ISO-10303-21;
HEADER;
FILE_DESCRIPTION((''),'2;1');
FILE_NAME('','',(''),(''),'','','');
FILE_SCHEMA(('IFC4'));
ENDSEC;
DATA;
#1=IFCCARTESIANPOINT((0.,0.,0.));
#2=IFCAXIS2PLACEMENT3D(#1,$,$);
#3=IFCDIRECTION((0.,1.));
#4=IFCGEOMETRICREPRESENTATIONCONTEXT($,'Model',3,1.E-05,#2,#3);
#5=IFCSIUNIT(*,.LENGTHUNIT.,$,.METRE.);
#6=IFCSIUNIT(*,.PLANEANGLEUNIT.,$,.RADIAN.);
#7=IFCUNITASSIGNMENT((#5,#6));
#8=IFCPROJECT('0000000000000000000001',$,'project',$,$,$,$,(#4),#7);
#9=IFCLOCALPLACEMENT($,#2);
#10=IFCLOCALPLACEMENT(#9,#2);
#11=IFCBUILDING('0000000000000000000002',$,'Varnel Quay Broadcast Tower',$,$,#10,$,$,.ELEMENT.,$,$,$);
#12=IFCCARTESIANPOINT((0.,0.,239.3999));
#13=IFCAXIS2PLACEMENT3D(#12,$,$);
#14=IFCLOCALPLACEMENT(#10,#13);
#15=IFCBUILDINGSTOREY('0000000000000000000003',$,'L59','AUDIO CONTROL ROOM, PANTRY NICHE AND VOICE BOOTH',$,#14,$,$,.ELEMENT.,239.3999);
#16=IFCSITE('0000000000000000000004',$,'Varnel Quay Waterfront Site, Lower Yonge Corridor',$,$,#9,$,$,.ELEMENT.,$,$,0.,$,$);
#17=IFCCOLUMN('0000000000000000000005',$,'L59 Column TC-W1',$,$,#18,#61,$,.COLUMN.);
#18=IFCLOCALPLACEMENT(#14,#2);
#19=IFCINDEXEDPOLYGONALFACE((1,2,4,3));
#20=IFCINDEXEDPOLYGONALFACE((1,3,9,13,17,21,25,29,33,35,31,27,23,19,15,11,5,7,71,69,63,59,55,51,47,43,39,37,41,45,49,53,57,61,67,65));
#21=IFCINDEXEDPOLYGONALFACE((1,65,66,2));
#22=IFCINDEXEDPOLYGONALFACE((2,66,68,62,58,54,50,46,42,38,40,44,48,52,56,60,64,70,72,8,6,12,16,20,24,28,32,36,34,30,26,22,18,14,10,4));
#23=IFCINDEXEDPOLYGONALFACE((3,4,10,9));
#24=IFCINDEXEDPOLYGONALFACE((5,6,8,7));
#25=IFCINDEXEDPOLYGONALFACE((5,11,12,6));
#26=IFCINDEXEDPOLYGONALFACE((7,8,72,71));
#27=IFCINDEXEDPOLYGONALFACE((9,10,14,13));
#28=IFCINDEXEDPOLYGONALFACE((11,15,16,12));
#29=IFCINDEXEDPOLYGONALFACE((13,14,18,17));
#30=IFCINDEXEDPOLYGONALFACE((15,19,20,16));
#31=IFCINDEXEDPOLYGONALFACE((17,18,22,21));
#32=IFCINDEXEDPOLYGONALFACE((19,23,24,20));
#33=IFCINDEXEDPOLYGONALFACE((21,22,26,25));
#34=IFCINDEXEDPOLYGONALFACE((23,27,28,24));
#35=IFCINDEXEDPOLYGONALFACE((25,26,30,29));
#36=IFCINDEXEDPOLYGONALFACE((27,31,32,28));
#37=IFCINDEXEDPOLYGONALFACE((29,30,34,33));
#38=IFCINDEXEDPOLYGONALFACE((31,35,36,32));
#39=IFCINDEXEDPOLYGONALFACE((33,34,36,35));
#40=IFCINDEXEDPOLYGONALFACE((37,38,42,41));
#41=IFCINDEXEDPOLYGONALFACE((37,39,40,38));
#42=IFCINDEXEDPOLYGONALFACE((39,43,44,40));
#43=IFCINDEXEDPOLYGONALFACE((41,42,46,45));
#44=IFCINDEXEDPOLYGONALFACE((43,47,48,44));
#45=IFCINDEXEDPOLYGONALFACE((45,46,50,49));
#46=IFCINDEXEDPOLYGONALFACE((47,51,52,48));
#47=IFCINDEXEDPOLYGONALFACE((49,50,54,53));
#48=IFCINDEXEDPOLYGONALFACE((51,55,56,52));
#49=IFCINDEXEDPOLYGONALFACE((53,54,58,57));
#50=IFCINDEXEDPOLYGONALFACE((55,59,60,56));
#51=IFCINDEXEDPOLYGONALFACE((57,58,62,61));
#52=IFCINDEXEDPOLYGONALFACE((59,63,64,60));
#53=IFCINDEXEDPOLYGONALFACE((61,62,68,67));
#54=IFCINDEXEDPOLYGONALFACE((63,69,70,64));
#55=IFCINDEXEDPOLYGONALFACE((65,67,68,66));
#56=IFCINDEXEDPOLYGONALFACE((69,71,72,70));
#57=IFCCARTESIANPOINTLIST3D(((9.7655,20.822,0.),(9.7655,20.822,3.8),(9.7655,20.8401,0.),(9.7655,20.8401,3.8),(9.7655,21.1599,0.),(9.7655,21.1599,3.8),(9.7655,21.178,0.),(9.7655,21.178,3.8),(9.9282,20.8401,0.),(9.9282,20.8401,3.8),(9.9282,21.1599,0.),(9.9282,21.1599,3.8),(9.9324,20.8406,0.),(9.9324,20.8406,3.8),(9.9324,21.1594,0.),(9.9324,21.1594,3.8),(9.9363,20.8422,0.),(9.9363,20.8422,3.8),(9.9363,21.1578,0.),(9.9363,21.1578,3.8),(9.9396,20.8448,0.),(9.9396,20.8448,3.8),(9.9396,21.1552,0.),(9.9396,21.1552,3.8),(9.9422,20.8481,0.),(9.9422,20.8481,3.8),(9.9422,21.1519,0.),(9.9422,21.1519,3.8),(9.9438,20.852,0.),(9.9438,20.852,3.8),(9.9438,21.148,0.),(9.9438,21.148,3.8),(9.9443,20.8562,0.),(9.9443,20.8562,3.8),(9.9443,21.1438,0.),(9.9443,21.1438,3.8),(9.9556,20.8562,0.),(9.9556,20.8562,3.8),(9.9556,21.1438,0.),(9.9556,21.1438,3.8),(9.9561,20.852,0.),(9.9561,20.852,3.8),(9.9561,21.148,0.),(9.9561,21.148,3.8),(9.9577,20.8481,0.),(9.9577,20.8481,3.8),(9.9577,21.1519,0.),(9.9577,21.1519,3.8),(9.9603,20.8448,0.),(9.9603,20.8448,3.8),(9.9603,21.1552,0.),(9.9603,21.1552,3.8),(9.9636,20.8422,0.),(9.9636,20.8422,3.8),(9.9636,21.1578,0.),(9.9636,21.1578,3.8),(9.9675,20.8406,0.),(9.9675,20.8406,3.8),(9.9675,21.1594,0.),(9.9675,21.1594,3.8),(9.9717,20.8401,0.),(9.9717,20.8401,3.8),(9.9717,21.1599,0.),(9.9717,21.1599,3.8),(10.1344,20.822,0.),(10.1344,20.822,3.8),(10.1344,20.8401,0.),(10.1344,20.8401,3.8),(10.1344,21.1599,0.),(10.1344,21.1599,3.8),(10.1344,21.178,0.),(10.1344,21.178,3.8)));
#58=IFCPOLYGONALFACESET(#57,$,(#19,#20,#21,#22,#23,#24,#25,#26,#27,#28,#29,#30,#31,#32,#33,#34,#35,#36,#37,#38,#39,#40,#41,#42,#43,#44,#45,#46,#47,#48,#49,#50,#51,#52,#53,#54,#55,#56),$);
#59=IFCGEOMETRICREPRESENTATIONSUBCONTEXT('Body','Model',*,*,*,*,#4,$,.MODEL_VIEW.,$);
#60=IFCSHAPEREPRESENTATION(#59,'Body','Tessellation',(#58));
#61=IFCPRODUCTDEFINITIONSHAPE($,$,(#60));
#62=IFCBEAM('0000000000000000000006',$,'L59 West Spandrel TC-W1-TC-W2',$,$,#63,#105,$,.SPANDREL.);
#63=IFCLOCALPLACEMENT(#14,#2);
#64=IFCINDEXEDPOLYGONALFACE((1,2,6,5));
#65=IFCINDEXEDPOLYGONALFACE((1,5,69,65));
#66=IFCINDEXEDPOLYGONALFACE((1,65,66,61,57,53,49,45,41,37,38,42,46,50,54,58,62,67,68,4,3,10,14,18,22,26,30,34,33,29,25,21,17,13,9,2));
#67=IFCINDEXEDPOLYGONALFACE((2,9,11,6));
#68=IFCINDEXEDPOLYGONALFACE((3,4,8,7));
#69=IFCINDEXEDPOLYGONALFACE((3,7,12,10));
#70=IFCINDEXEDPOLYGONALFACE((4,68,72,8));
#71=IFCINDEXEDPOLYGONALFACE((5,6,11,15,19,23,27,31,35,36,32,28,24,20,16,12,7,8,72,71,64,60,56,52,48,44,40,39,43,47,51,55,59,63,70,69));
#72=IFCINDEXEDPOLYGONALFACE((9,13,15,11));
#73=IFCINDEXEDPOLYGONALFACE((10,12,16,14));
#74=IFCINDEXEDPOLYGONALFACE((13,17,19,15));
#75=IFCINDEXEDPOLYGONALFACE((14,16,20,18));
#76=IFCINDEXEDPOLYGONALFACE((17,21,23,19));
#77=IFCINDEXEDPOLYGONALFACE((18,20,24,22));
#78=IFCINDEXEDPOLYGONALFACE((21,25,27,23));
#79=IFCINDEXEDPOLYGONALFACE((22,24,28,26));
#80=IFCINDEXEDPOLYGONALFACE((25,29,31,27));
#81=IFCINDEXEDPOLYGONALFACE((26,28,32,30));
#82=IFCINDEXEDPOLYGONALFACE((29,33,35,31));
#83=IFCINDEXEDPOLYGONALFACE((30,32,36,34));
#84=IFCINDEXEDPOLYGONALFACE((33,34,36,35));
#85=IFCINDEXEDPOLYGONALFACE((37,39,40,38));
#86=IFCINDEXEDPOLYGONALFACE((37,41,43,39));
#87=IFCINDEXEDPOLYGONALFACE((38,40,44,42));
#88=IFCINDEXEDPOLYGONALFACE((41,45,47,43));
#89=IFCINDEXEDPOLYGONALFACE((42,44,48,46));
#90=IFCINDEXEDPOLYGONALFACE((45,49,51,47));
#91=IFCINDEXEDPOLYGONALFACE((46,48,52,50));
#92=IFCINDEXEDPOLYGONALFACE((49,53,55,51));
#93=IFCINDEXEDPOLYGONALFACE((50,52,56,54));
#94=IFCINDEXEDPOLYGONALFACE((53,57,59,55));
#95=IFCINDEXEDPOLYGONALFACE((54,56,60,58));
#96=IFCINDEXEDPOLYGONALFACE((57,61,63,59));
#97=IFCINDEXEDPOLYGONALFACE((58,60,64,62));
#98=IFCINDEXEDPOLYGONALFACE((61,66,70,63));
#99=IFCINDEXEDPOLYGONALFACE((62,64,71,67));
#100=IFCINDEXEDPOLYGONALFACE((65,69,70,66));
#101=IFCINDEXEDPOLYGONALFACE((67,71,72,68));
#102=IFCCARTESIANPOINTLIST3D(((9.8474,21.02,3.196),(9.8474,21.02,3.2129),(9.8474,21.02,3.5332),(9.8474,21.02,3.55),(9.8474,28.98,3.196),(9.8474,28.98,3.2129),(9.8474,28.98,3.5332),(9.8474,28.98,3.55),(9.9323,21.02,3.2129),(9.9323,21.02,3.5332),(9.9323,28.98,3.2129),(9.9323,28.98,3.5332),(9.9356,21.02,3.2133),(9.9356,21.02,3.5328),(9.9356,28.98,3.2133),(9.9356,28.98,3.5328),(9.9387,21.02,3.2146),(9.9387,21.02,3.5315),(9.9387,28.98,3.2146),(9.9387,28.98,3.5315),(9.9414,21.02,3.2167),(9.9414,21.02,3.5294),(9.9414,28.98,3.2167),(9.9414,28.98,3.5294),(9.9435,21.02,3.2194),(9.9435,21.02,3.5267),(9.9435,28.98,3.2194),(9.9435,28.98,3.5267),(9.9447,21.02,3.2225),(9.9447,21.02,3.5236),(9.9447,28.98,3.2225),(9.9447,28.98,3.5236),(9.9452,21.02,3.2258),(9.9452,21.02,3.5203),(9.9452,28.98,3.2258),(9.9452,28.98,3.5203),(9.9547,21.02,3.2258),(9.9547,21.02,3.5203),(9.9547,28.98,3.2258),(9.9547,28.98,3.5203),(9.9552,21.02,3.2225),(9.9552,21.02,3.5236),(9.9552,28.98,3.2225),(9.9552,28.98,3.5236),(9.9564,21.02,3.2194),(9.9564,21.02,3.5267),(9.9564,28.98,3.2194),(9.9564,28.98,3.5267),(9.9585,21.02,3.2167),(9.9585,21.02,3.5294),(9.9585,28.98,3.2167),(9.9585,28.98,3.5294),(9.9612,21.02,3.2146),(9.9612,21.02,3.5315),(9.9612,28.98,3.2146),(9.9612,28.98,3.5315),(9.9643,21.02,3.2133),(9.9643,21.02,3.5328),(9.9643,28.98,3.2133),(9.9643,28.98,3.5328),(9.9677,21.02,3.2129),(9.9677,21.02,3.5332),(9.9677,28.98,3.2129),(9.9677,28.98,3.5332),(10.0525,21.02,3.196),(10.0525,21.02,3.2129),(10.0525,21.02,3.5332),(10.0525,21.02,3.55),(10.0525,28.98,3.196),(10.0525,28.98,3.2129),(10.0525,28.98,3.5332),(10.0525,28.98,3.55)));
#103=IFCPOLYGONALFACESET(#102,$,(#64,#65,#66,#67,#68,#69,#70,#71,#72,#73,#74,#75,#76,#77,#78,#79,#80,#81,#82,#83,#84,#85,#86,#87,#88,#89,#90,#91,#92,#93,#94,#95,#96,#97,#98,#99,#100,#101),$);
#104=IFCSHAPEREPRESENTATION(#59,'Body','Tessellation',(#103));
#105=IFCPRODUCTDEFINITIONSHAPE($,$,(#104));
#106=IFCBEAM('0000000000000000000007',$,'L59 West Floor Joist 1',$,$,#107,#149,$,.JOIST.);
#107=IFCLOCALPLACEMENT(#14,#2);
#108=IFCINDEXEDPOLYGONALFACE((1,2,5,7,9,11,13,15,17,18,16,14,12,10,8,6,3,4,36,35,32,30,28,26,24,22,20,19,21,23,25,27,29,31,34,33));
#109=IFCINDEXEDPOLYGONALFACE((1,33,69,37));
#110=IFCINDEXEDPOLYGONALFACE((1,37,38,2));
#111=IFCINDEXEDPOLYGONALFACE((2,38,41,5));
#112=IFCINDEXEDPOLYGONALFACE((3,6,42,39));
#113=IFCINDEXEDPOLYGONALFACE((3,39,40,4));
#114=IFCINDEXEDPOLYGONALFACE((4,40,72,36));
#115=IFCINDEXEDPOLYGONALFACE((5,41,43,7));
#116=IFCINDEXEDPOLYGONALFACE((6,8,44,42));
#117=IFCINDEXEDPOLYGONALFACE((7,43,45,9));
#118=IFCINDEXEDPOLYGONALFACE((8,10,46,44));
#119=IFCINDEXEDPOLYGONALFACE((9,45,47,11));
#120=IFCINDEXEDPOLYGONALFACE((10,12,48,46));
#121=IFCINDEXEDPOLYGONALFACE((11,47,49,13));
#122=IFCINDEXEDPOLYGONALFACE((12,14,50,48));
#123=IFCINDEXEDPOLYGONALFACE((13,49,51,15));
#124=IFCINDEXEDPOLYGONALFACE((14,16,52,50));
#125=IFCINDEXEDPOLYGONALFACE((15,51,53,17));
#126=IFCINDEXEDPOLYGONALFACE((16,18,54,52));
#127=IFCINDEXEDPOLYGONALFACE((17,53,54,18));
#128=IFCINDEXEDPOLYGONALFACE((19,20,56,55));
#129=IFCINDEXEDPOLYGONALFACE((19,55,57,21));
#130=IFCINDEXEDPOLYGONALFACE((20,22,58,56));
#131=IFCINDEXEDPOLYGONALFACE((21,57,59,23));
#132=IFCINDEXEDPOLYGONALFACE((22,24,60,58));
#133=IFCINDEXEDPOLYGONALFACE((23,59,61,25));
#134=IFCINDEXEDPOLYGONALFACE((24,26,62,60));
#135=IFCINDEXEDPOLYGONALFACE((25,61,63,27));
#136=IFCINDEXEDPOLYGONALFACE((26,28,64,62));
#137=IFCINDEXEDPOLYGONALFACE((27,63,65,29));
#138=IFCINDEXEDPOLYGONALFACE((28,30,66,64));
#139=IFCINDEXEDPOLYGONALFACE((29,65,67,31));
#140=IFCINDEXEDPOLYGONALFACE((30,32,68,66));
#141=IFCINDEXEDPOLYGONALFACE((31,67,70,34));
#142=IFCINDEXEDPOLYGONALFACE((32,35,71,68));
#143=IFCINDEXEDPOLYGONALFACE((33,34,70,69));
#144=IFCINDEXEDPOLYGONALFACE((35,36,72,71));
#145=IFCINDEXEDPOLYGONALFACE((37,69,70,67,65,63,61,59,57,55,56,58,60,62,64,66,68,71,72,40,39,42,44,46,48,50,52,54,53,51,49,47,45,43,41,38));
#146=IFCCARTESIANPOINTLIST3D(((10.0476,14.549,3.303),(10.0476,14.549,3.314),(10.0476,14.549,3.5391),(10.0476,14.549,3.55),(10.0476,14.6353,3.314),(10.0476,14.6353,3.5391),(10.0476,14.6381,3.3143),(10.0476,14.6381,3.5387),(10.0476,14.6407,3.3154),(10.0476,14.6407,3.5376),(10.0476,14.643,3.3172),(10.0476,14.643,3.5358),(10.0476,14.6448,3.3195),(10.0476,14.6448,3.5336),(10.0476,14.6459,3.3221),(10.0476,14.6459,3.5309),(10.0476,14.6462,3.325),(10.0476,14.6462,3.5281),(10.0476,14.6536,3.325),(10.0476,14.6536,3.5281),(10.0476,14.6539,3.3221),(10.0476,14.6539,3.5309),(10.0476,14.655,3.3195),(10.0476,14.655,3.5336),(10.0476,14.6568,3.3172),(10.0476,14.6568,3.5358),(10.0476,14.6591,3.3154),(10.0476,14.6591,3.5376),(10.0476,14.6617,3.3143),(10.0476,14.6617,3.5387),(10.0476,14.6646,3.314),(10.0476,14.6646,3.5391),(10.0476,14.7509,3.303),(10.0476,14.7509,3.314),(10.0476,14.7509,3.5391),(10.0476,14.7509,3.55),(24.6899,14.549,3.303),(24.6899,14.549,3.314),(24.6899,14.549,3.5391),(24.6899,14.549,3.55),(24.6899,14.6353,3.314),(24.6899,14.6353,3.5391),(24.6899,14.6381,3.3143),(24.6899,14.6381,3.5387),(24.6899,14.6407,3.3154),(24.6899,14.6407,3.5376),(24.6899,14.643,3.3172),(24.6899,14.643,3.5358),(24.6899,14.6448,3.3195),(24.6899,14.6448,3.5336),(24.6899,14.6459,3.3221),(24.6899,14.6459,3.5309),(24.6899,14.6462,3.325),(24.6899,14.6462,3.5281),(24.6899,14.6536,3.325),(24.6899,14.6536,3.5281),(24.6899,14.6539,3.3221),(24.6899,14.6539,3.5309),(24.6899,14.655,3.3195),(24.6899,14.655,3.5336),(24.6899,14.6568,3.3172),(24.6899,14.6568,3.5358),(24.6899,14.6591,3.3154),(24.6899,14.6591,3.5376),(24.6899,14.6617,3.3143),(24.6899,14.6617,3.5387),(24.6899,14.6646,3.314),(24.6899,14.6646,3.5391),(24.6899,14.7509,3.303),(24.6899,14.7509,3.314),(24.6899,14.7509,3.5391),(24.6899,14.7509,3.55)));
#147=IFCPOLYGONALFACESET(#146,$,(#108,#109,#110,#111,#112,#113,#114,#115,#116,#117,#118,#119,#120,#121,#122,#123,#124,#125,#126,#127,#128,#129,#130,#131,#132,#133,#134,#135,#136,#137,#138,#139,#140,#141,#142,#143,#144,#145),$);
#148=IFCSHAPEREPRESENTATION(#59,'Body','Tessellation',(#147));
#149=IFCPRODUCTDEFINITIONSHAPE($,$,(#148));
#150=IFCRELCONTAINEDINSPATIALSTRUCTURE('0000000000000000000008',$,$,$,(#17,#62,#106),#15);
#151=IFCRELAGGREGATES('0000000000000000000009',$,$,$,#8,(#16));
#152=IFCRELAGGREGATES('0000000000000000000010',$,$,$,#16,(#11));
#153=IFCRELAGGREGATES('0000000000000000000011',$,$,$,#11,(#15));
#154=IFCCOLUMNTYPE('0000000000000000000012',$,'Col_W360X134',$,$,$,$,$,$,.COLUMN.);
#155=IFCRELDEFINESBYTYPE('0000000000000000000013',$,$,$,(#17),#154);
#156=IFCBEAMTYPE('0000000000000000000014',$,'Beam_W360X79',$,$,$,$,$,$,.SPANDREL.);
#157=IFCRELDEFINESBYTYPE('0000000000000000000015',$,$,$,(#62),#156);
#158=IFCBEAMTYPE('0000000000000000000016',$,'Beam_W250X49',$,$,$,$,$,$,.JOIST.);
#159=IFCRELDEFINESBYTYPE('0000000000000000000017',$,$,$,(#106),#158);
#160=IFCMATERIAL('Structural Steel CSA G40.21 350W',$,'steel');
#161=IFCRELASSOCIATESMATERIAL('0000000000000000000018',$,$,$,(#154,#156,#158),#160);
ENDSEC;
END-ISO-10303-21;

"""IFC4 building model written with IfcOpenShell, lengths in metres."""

from ifc_helpers import new_model, si_unit, direction, frame, origin, origin_2d, place, context, subcontext, project, spatial, i_section, extrude, source, transform, mapped, material, material_profile, profile_set, type_object, type_shapes, element, save


model = new_model("IFC4")

# Units and contexts
model_context = context("Model", 3, precision=1e-05, world=origin(), true_north=direction((0.0, 1.0)))
body_context = subcontext(model_context, "Body", "Model", "MODEL_VIEW")
ifc_project = project(units=[si_unit("LENGTHUNIT", "METRE"), si_unit("PLANEANGLEUNIT", "RADIAN")], contexts=[model_context])

# Site, building, storey
site_placement = place(None, origin())
site = spatial("IfcSite", under=ifc_project, at=site_placement, Name="Varnel Quay Waterfront Site, Lower Yonge Corridor", CompositionType="ELEMENT", RefElevation=0.0)
building_placement = place(site_placement, origin())
building = spatial("IfcBuilding", under=site, at=building_placement, Name="Varnel Quay Broadcast Tower", CompositionType="ELEMENT")
storey_placement = place(building_placement, frame((0.0, 0.0, 239.3999)))
storey = spatial("IfcBuildingStorey", under=building, at=storey_placement, Name="L59", Description="AUDIO CONTROL ROOM, PANTRY NICHE AND VOICE BOOTH", CompositionType="ELEMENT", Elevation=239.3999)

# Column
ifc_material_1 = material(Name="Structural Steel CSA G40.21 350W", Category="steel")
ifc_material_profile_1 = material_profile(ifc_material_1, i_section(OverallWidth=0.3689, OverallDepth=0.356, WebThickness=0.0112, FlangeThickness=0.0181, FilletRadius=0.0161, at=origin_2d()), Name="W360X134")
ifc_profile_set_1 = profile_set([ifc_material_profile_1], Name="Structural Steel CSA G40.21 350W")
column_type = type_object("IfcColumnType", Name="Col_W360X134", PredefinedType="COLUMN", material=ifc_profile_set_1)
shared_shape_1 = source(origin(), body_context, "Body", "SweptSolid", [
    extrude(i_section(OverallWidth=0.3689, OverallDepth=0.356, WebThickness=0.0112, FlangeThickness=0.0181, FilletRadius=0.0161, at=origin_2d()), origin(), (0.0, 0.0, 1.0), 3.8),
])
type_shapes(column_type, [shared_shape_1])
column_placement = place(storey_placement, frame((9.95, 21.0, 0.0), z_axis=(0.0, 0.0, 1.0), x_axis=(1.0, 0.0, 0.0)))
element("IfcColumn", 1, at=column_placement, inside=storey, type_object=column_type, Name="L59 Column TC-W1", PredefinedType="COLUMN", context=body_context, shape_type="MappedRepresentation", body=[
    mapped(shared_shape_1, transform((0.0, 0.0, 0.0), x_axis=(1.0, 0.0, 0.0), y_axis=(0.0, 1.0, 0.0), z_axis=(0.0, 0.0, 1.0), scale=1.0)),
])

# Beams
ifc_material_profile_2 = material_profile(ifc_material_1, i_section(OverallWidth=0.2051, OverallDepth=0.354, WebThickness=0.0095, FlangeThickness=0.0168, FilletRadius=0.0129, at=origin_2d()), Name="W360X79")
ifc_profile_set_2 = profile_set([ifc_material_profile_2], Name="Structural Steel CSA G40.21 350W")
beam_type_1 = type_object("IfcBeamType", Name="Beam_W360X79", PredefinedType="SPANDREL", material=ifc_profile_set_2)
shared_shape_2 = source(origin(), body_context, "Body", "SweptSolid", [
    extrude(i_section(OverallWidth=0.2051, OverallDepth=0.354, WebThickness=0.0095, FlangeThickness=0.0168, FilletRadius=0.0129, at=origin_2d()), origin(), (0.0, 0.0, 1.0), 7.96),
])
type_shapes(beam_type_1, [shared_shape_2])
beam_1_placement = place(storey_placement, frame((9.95, 21.02, 3.373), z_axis=(0.0, 1.0, 0.0), x_axis=(-1.0, 0.0, 0.0)))
element("IfcBeam", 2, at=beam_1_placement, inside=storey, type_object=beam_type_1, Name="L59 West Spandrel TC-W1-TC-W2", PredefinedType="SPANDREL", context=body_context, shape_type="MappedRepresentation", body=[
    mapped(shared_shape_2, transform((0.0, 0.0, 0.0), x_axis=(1.0, 0.0, 0.0), y_axis=(0.0, 1.0, 0.0), z_axis=(0.0, 0.0, 1.0), scale=1.0)),
])
ifc_material_profile_3 = material_profile(ifc_material_1, i_section(OverallWidth=0.2019, OverallDepth=0.2471, WebThickness=0.0073, FlangeThickness=0.011, FilletRadius=0.011, at=origin_2d()), Name="W250X49")
ifc_profile_set_3 = profile_set([ifc_material_profile_3], Name="Structural Steel CSA G40.21 350W")
beam_type_2 = type_object("IfcBeamType", Name="Beam_W250X49", PredefinedType="JOIST", material=ifc_profile_set_3)
shared_shape_3 = source(origin(), body_context, "Body", "SweptSolid", [
    extrude(i_section(OverallWidth=0.2019, OverallDepth=0.2471, WebThickness=0.0073, FlangeThickness=0.011, FilletRadius=0.011, at=origin_2d()), origin(), (0.0, 0.0, 1.0), 14.6423),
])
type_shapes(beam_type_2, [shared_shape_3])
beam_2_placement = place(storey_placement, frame((10.0476, 14.6499, 3.4265), z_axis=(1.0, 0.0, 0.0), x_axis=(0.0, 1.0, 0.0)))
element("IfcBeam", 3, at=beam_2_placement, inside=storey, type_object=beam_type_2, Name="L59 West Floor Joist 1", PredefinedType="JOIST", context=body_context, shape_type="MappedRepresentation", body=[
    mapped(shared_shape_3, transform((0.0, 0.0, 0.0), x_axis=(1.0, 0.0, 0.0), y_axis=(0.0, 1.0, 0.0), z_axis=(0.0, 0.0, 1.0), scale=1.0)),
])

save(model, "model.ifc")
